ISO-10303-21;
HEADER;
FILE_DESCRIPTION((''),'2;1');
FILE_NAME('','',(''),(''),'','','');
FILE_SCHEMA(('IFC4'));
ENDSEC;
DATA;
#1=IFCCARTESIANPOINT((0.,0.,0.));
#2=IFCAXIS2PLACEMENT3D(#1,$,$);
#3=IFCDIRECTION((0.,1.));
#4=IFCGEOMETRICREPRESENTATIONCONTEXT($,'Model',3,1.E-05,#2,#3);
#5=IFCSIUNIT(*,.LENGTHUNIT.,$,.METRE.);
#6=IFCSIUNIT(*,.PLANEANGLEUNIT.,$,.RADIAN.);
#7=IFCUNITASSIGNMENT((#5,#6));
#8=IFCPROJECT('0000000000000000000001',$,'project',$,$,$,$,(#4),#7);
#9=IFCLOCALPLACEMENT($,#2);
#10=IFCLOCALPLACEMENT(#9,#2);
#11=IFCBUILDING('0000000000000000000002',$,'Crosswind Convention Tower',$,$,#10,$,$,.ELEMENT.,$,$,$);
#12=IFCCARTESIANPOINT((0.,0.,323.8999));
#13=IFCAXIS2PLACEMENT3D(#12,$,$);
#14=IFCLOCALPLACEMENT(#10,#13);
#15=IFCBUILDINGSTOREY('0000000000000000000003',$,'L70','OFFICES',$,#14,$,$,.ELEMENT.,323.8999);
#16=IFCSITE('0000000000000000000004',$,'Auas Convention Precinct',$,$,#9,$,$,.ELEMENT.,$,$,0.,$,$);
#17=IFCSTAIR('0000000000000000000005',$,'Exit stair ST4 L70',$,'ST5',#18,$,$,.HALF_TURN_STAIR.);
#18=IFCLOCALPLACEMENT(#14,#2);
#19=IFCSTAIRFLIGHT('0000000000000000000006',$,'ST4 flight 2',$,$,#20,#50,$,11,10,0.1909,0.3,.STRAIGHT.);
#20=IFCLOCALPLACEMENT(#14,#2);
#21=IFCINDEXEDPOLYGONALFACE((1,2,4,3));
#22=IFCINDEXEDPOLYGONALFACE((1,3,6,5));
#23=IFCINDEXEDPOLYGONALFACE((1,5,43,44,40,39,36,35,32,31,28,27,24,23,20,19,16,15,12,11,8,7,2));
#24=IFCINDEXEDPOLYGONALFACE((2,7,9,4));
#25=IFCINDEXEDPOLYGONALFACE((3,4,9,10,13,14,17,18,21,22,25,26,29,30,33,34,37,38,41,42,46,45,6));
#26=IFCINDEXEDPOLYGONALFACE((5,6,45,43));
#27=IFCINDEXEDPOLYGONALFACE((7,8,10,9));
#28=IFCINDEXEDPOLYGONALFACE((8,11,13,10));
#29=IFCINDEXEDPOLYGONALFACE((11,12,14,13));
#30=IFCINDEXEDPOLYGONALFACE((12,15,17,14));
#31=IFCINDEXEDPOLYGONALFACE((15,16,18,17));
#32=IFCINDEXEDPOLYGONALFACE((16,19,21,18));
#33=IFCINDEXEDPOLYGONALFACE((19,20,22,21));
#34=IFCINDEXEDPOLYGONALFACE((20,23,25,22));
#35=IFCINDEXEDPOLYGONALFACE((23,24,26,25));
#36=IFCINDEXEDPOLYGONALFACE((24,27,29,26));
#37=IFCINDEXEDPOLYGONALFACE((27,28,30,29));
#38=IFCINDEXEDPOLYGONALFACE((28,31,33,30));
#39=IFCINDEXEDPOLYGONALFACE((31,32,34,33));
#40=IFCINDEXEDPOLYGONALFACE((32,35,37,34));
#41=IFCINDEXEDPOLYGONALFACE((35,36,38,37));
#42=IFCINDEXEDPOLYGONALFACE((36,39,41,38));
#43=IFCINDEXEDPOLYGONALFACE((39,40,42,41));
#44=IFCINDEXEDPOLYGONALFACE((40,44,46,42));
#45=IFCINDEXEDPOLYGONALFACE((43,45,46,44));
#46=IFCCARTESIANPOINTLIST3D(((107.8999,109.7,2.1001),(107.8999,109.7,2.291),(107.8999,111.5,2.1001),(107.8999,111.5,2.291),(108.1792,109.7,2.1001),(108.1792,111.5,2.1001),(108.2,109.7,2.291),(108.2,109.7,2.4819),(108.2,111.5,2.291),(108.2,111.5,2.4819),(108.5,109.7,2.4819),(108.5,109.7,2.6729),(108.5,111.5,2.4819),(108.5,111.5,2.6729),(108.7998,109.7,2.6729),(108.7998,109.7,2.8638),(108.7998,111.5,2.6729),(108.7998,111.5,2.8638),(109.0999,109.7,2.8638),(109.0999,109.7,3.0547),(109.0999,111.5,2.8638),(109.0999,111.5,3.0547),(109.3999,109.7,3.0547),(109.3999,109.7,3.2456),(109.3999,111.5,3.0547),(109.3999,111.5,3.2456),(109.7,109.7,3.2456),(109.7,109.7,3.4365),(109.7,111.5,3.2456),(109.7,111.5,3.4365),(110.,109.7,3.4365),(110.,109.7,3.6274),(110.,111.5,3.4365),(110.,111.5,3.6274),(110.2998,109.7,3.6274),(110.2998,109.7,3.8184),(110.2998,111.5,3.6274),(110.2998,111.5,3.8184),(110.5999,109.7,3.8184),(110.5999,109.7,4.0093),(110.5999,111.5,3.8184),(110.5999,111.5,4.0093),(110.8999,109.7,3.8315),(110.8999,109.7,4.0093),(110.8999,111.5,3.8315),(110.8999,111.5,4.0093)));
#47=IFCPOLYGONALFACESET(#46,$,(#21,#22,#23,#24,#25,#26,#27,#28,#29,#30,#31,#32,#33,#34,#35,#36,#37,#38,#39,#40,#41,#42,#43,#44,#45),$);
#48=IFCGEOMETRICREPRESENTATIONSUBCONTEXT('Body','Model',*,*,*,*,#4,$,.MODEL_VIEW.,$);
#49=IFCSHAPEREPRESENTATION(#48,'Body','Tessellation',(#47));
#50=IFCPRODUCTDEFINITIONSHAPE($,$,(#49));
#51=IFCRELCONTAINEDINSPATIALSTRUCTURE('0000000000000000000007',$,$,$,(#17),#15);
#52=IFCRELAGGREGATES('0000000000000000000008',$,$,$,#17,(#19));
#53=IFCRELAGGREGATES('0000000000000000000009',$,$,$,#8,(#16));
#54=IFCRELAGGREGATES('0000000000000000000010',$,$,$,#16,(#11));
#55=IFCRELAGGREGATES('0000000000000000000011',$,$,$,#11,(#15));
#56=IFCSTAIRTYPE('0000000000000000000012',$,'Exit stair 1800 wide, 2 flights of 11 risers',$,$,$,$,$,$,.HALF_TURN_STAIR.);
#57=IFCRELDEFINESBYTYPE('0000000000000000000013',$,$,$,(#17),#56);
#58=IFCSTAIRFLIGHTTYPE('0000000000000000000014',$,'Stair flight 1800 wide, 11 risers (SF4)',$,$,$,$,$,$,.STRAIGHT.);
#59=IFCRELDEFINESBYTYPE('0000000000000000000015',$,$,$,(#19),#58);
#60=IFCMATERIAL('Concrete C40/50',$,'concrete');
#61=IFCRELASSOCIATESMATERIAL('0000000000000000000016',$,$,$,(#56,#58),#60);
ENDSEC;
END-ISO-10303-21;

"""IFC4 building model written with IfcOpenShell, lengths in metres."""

from ifc_helpers import new_model, si_unit, direction, frame, origin, place, context, subcontext, project, spatial, polyline, outline, extrude, material, type_object, element, aggregate, save


model = new_model("IFC4")

# Units and contexts
model_context = context("Model", 3, precision=1e-05, world=origin(), true_north=direction((0.0, 1.0)))
body_context = subcontext(model_context, "Body", "Model", "MODEL_VIEW")
ifc_project = project(units=[si_unit("LENGTHUNIT", "METRE"), si_unit("PLANEANGLEUNIT", "RADIAN")], contexts=[model_context])

# Site, building, storey
site_placement = place(None, origin())
site = spatial("IfcSite", under=ifc_project, at=site_placement, Name="Auas Convention Precinct", CompositionType="ELEMENT", RefElevation=0.0)
building_placement = place(site_placement, origin())
building = spatial("IfcBuilding", under=site, at=building_placement, Name="Crosswind Convention Tower", CompositionType="ELEMENT")
storey_placement = place(building_placement, frame((0.0, 0.0, 323.8999)))
storey = spatial("IfcBuildingStorey", under=building, at=storey_placement, Name="L70", Description="OFFICES", CompositionType="ELEMENT", Elevation=323.8999)

# Stair, stair flight
ifc_material_1 = material(Name="Concrete C40/50", Category="concrete")
stair_type = type_object("IfcStairType", Name="Exit stair 1800 wide, 2 flights of 11 risers", PredefinedType="HALF_TURN_STAIR", material=ifc_material_1)
stair_placement = place(storey_placement, origin())
stair = element("IfcStair", 1, at=stair_placement, inside=storey, type_object=stair_type, Name="Exit stair ST4 L70", ObjectType="ST5", PredefinedType="HALF_TURN_STAIR")
stair_flight_type = type_object("IfcStairFlightType", Name="Stair flight 1800 wide, 11 risers (SF4)", PredefinedType="STRAIGHT", material=ifc_material_1)
stair_flight_placement = place(storey_placement, frame((107.8999, 110.6001, 2.1001), z_axis=(0.0, 0.0, 1.0), x_axis=(1.0, 0.0, 0.0)))
stair_flight = element("IfcStairFlight", 2, at=stair_flight_placement, type_object=stair_flight_type, Name="ST4 flight 2", NumberOfRisers=11, NumberOfTreads=10, PredefinedType="STRAIGHT", RiserHeight=0.1909, TreadLength=0.3, context=body_context, shape_type="SweptSolid", body=[
    extrude(outline(polyline([(0.0, 0.0), (0.0, 0.1909), (0.3, 0.1909), (0.3, 0.3818), (0.6001, 0.3818), (0.6001, 0.5728), (0.8999, 0.5728), (0.8999, 0.7637), (1.2, 0.7637), (1.2, 0.9546), (1.5, 0.9546), (1.5, 1.1455), (1.8, 1.1455), (1.8, 1.3364), (2.1001, 1.3364), (2.1001, 1.5273), (2.3999, 1.5273), (2.3999, 1.7183), (2.7, 1.7183), (2.7, 1.9092), (3.0, 1.9092), (3.0, 2.1001), (3.0, 1.7314), (0.2793, 0.0), (0.0, 0.0)])), frame((0.0, 0.8999, 0.0), z_axis=(0.0, -1.0, 0.0), x_axis=(1.0, 0.0, 0.0)), (0.0, 0.0, 1.0), 1.8),
])
aggregate(stair, [stair_flight])

save(model, "model.ifc")
